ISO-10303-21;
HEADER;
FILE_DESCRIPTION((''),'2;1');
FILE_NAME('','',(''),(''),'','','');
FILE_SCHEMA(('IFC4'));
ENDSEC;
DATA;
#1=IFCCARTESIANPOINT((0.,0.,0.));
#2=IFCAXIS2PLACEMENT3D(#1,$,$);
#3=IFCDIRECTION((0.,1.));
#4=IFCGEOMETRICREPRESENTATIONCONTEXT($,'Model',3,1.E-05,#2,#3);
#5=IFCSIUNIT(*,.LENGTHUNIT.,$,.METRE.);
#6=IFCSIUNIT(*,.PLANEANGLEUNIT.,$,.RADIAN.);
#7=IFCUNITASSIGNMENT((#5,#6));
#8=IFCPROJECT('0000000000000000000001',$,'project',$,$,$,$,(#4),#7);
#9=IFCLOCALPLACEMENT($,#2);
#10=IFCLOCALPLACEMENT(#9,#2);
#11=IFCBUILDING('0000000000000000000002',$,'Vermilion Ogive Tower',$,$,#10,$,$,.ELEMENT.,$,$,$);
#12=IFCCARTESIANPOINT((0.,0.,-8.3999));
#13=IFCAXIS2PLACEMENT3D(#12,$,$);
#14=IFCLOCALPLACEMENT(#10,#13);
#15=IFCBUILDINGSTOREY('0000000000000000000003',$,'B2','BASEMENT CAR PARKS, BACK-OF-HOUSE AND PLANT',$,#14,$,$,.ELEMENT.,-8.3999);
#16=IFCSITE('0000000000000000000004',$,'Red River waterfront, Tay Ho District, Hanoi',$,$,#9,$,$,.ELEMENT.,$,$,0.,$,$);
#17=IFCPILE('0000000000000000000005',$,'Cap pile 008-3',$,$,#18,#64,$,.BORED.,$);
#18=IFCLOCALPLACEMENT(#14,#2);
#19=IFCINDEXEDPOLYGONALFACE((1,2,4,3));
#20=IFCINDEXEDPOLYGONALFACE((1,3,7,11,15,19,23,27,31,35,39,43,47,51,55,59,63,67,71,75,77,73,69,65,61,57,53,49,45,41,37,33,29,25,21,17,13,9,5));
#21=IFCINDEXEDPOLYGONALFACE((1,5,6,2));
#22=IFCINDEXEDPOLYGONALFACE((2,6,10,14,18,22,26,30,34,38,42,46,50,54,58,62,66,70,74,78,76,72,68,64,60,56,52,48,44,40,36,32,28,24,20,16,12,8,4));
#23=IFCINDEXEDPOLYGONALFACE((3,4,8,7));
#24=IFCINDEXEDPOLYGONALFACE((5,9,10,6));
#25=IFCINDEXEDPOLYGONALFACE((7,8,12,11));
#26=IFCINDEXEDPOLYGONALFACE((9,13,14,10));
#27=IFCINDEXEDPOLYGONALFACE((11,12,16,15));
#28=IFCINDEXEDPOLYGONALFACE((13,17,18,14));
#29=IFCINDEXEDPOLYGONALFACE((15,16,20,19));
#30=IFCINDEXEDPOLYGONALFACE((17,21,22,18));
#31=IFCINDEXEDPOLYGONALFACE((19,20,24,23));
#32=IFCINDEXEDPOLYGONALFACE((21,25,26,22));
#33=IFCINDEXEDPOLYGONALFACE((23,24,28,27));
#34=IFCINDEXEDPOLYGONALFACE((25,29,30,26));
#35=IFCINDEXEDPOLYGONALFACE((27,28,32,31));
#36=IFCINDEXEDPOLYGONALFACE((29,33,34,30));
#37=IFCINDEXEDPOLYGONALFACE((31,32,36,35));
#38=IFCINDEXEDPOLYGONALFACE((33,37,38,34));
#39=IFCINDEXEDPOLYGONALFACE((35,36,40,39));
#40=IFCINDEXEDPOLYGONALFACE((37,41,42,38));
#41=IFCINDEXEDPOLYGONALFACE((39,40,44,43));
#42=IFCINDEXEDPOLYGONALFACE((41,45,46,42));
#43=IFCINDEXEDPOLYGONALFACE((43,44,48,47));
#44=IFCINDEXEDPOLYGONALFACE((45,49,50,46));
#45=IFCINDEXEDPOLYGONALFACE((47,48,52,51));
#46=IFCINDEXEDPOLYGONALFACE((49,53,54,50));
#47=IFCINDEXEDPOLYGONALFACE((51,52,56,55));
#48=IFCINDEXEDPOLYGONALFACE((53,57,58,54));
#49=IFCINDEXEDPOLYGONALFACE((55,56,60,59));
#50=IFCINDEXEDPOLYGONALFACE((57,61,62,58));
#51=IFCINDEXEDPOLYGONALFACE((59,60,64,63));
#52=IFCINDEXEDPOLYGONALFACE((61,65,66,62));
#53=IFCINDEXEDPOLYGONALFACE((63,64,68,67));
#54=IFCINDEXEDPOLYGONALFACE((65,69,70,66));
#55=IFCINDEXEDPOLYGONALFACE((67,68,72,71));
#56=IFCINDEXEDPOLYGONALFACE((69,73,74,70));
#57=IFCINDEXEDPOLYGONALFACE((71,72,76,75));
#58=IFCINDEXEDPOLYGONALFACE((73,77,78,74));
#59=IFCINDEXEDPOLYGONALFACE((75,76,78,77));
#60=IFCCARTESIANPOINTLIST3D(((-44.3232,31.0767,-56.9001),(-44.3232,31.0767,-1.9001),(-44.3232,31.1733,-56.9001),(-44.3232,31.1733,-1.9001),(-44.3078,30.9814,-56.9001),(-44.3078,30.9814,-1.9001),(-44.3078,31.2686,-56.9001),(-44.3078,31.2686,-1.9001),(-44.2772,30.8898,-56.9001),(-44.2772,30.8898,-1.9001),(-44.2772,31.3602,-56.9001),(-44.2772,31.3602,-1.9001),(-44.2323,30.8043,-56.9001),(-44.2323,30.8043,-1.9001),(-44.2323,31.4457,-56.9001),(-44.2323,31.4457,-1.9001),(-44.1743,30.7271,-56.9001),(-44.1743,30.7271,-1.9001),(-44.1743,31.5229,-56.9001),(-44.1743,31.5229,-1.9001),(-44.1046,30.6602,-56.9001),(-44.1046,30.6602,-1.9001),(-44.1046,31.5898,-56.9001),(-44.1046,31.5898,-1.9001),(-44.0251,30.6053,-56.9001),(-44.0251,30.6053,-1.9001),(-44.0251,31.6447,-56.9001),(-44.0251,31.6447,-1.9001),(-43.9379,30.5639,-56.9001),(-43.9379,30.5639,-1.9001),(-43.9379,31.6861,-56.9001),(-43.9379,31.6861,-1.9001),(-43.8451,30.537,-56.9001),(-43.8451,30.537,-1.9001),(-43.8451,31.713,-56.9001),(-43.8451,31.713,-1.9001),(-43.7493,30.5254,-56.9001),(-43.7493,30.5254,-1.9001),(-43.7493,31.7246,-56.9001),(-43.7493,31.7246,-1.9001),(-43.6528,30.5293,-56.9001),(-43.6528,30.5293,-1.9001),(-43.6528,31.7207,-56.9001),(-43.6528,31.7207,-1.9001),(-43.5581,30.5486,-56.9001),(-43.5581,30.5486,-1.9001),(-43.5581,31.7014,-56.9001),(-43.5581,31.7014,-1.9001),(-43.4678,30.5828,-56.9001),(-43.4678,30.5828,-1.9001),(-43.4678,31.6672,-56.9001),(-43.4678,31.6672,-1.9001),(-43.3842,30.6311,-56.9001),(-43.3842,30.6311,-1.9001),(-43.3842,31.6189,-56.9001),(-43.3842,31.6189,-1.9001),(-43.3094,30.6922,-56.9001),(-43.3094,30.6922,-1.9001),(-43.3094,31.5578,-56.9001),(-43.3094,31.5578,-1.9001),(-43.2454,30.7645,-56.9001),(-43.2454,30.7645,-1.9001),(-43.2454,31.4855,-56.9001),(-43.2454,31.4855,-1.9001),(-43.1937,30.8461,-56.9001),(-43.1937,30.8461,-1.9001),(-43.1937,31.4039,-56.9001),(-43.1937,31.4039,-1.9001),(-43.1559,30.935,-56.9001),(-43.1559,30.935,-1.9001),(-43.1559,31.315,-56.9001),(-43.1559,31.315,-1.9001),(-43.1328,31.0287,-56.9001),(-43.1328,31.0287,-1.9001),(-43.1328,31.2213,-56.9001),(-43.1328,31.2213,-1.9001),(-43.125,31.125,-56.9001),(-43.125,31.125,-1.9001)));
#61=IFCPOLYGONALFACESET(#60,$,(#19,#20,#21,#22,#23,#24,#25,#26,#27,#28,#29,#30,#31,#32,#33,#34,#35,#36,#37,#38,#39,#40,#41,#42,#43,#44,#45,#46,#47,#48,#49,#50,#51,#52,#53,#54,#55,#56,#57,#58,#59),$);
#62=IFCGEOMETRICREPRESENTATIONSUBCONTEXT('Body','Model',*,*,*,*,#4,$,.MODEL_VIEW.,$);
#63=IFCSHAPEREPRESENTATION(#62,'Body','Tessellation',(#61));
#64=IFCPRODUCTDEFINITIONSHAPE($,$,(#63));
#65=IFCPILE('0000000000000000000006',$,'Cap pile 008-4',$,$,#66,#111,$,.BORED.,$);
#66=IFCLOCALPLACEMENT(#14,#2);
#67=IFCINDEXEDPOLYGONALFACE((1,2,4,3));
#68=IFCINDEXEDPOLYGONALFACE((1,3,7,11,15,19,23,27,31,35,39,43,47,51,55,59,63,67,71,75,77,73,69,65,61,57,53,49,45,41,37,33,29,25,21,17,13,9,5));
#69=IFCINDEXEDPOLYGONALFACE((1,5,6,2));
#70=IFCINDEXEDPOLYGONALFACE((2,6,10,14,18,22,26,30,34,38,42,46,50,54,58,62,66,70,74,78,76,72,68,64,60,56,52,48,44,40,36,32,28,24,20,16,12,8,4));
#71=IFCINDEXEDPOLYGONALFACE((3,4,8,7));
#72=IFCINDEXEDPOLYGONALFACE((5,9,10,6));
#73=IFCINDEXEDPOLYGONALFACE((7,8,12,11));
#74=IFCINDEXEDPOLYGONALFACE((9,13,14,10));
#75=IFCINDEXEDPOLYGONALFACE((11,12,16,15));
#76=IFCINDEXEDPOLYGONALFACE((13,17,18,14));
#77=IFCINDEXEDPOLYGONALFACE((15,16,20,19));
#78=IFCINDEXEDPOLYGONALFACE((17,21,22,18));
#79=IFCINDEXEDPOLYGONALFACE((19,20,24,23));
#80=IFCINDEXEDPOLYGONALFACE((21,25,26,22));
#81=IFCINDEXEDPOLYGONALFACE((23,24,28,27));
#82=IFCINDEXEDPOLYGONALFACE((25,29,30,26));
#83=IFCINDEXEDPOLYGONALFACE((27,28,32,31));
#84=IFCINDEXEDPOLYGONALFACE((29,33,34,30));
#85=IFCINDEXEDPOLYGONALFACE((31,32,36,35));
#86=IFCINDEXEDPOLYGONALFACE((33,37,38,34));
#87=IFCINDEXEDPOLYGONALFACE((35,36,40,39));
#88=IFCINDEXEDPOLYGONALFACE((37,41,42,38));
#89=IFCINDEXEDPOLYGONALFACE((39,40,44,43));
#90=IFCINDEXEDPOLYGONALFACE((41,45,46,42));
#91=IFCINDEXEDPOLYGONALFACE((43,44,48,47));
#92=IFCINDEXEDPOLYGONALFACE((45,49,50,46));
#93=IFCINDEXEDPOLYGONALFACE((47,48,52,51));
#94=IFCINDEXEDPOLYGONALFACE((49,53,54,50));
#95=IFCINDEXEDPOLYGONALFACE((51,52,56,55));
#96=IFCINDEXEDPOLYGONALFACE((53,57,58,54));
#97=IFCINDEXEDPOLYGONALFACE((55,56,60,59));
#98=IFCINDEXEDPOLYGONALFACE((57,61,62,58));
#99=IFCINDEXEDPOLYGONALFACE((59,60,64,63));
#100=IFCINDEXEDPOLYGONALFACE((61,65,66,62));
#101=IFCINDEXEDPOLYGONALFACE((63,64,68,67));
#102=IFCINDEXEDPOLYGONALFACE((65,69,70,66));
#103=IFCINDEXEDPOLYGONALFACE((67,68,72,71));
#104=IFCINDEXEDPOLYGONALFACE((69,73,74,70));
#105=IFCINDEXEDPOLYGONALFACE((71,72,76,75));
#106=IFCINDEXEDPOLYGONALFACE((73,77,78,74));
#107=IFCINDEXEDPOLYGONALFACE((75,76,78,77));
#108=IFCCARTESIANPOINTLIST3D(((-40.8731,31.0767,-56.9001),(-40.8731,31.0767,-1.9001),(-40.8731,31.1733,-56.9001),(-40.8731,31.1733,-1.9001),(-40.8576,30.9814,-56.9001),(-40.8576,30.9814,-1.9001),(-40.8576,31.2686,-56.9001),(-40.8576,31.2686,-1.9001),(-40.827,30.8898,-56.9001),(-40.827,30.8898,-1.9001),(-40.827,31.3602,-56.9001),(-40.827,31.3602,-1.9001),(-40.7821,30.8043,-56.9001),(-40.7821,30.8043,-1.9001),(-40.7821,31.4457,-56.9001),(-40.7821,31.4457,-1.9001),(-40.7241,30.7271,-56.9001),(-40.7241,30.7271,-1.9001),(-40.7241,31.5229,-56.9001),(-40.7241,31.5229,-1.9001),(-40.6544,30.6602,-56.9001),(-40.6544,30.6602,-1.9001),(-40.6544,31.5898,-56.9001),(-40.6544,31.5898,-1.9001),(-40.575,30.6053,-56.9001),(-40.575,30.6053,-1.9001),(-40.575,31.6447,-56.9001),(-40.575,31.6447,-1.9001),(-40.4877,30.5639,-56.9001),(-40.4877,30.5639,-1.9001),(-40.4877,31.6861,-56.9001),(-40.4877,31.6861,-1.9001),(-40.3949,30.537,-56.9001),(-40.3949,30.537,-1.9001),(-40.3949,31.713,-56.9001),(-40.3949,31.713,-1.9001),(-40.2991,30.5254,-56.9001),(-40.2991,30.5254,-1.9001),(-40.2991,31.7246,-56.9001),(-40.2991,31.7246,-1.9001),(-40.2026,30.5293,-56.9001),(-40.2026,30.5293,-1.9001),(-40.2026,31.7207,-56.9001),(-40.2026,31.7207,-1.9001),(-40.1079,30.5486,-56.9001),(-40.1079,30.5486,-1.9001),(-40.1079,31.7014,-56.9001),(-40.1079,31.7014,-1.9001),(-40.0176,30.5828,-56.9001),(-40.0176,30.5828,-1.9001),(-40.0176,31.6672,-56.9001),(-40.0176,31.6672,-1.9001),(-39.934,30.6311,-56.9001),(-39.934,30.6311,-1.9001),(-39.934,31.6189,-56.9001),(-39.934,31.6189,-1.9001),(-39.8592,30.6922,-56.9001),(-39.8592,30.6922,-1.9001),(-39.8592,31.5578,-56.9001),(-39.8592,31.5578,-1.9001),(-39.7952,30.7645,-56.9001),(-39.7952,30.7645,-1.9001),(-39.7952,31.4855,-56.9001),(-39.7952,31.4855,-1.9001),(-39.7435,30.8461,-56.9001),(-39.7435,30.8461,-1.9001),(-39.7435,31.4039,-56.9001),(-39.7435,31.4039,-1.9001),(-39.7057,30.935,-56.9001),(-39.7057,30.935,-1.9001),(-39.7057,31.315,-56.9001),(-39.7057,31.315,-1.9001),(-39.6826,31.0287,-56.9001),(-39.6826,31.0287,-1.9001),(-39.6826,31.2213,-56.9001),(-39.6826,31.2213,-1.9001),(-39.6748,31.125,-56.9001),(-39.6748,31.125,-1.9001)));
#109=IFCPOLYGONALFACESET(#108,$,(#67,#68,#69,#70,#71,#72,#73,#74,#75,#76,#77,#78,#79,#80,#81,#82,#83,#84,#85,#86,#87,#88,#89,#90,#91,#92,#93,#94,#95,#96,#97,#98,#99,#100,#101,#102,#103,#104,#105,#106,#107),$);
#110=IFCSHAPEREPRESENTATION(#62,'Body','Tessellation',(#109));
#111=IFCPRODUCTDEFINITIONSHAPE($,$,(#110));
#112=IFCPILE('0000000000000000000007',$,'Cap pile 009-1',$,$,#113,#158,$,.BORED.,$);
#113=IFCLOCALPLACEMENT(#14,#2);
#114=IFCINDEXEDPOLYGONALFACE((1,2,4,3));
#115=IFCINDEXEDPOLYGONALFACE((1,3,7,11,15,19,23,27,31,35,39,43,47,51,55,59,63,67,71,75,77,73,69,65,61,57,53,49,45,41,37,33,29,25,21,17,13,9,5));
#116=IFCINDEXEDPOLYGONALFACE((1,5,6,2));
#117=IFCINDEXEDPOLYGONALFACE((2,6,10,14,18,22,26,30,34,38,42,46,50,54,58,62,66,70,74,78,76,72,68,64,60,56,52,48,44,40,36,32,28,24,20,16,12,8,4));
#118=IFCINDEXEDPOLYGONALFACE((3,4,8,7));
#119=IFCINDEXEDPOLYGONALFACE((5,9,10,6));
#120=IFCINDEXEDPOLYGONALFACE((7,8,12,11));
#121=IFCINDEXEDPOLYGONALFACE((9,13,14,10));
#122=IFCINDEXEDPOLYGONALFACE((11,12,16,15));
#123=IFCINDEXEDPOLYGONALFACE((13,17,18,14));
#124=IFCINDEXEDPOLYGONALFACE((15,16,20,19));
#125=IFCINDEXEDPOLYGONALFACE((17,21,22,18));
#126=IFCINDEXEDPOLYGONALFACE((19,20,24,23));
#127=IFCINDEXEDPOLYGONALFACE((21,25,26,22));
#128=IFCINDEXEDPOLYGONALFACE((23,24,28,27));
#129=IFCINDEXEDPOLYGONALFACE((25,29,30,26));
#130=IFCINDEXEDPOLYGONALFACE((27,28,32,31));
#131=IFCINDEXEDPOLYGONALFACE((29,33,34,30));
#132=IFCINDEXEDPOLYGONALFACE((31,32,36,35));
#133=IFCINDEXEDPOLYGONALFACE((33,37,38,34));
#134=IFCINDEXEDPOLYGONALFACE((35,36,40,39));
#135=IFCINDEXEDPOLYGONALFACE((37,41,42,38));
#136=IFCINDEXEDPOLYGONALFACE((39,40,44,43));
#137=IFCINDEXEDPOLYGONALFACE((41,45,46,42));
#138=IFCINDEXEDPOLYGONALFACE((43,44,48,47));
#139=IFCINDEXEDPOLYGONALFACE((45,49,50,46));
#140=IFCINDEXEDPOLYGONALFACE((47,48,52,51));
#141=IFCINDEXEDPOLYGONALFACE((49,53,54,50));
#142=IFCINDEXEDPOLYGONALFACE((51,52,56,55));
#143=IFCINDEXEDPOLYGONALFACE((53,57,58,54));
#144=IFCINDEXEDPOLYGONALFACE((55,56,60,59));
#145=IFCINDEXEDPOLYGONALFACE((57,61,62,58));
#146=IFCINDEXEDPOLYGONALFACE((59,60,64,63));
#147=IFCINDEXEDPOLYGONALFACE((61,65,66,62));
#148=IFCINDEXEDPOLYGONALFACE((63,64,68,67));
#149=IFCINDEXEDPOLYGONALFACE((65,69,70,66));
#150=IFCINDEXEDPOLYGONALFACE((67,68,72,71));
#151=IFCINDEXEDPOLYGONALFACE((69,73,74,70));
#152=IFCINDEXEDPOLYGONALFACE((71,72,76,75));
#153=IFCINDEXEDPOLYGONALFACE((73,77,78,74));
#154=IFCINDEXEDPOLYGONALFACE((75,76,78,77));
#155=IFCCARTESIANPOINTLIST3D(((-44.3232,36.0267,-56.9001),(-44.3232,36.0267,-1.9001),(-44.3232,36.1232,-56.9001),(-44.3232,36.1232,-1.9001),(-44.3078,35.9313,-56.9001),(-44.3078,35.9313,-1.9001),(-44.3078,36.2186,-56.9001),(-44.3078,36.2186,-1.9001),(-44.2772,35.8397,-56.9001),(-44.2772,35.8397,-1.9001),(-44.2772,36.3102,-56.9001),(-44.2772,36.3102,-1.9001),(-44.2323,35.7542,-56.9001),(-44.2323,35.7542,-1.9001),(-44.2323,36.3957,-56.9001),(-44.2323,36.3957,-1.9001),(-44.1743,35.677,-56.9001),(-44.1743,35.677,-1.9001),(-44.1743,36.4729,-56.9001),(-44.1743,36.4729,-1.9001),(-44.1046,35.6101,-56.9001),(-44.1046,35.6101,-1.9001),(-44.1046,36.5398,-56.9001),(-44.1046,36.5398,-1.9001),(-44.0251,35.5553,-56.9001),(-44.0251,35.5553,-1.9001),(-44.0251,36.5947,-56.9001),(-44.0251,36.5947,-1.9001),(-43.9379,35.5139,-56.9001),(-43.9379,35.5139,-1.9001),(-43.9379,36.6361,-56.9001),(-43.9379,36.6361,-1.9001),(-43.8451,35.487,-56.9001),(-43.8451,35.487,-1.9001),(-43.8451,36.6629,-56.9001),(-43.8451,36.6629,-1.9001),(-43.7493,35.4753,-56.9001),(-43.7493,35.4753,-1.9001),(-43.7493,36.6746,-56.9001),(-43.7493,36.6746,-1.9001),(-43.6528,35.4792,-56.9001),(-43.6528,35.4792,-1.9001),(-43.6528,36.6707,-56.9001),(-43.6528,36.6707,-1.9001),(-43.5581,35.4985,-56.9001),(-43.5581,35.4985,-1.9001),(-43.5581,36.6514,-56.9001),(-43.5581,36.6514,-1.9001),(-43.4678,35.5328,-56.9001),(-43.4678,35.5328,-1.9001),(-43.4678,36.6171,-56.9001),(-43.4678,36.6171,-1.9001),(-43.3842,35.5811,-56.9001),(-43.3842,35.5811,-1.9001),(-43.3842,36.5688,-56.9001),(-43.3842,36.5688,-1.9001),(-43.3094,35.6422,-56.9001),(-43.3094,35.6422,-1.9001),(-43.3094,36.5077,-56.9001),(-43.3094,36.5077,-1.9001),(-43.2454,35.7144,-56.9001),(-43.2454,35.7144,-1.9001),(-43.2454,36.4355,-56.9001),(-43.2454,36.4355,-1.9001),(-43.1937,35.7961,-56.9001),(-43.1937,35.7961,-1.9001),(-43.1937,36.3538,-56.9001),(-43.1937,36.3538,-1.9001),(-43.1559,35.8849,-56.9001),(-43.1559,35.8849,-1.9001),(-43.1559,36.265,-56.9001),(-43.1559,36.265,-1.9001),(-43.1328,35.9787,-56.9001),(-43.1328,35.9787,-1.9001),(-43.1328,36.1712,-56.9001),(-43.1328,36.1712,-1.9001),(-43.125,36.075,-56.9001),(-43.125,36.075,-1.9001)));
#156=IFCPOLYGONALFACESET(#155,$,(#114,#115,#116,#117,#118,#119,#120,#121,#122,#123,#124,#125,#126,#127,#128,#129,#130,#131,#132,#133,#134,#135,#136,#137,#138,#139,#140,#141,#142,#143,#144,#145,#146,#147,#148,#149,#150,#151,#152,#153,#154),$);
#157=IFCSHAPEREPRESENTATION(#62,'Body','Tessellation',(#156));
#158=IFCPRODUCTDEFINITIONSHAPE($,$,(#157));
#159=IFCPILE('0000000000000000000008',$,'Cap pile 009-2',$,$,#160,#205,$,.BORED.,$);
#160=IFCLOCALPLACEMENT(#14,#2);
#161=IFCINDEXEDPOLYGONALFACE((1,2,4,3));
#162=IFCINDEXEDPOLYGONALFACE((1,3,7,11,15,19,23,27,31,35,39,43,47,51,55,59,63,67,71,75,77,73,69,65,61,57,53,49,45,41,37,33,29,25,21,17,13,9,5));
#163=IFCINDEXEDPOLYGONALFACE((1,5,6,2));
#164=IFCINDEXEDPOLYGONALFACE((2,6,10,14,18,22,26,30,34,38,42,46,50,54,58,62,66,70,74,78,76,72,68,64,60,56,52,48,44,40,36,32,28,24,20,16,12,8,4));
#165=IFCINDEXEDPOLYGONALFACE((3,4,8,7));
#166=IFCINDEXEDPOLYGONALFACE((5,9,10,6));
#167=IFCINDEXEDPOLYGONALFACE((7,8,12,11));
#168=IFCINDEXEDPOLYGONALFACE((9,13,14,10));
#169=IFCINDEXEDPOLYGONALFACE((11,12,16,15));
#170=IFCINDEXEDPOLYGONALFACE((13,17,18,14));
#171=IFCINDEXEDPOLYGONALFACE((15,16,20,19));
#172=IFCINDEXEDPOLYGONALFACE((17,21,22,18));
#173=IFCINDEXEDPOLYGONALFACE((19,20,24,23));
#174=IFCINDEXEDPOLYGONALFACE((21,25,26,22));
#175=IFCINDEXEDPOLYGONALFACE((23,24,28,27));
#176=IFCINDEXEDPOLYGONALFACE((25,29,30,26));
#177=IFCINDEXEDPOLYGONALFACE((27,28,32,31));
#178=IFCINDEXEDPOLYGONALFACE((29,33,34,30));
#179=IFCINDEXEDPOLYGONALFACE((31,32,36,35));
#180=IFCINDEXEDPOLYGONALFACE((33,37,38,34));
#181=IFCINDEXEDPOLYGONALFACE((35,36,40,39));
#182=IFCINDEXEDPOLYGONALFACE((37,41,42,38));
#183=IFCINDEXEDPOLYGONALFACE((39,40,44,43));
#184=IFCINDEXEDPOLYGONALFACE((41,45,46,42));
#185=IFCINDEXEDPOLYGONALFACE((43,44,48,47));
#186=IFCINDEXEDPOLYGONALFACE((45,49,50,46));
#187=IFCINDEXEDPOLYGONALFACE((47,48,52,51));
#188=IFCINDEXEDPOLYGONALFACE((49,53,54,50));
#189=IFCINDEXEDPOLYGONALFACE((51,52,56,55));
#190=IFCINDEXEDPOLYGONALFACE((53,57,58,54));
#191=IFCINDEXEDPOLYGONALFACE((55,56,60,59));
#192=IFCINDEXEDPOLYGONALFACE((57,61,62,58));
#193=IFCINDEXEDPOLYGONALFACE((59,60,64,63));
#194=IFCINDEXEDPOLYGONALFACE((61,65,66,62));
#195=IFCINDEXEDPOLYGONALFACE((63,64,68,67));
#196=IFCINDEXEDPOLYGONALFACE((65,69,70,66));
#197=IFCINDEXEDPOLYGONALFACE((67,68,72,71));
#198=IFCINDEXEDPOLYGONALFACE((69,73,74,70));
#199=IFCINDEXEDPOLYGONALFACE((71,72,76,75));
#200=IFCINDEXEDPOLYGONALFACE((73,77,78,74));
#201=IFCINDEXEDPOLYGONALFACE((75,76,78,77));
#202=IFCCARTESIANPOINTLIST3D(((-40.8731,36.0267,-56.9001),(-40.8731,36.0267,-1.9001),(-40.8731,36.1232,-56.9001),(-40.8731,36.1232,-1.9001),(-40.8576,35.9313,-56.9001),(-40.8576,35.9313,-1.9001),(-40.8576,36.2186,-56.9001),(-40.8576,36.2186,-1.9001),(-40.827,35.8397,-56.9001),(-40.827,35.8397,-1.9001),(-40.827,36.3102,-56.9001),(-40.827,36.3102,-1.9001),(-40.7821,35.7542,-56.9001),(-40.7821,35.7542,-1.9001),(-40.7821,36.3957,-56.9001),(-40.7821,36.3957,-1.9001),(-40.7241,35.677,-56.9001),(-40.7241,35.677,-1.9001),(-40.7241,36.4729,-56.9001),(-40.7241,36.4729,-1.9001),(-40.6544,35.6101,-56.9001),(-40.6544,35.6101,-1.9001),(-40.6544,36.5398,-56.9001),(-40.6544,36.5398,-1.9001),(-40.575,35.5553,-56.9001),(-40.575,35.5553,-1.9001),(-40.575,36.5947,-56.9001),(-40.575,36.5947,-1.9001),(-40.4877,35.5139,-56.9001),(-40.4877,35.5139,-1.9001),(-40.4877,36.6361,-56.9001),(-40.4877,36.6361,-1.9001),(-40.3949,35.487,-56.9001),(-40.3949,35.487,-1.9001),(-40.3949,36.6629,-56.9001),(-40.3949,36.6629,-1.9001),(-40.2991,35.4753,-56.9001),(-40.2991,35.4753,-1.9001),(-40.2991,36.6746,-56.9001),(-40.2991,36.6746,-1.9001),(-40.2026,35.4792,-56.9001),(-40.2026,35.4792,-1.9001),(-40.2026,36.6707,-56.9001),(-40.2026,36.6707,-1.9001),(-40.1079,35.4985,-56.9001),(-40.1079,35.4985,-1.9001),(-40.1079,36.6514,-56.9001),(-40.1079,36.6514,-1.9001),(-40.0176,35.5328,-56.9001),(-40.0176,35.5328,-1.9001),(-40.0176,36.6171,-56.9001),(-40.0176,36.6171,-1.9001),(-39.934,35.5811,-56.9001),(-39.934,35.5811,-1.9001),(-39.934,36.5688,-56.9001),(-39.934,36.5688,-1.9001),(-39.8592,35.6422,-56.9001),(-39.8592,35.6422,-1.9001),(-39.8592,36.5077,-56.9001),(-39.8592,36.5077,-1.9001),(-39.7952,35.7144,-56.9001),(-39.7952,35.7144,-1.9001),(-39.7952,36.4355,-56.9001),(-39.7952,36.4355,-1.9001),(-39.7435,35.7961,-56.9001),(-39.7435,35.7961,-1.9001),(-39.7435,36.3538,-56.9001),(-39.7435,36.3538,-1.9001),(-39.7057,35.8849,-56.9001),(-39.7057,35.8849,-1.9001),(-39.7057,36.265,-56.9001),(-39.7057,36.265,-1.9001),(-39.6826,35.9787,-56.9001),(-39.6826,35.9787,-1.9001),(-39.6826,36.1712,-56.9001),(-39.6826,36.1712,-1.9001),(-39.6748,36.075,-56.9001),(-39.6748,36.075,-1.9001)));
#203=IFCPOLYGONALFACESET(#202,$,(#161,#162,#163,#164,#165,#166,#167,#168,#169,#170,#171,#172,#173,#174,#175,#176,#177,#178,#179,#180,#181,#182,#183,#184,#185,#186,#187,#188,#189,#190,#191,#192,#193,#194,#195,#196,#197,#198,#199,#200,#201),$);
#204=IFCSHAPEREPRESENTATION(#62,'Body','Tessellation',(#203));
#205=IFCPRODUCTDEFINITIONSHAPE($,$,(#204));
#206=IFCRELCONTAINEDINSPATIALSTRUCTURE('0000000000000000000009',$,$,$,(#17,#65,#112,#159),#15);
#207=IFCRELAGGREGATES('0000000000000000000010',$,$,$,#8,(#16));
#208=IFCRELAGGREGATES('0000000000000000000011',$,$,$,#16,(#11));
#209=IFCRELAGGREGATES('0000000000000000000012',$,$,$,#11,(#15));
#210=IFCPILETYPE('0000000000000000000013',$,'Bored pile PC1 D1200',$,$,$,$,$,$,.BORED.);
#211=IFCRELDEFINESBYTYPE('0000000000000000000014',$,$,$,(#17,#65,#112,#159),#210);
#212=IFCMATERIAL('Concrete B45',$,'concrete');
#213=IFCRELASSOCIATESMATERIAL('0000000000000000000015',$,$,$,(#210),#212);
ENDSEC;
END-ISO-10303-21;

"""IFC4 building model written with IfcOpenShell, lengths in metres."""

from ifc_helpers import new_model, si_unit, direction, frame, origin, origin_2d, place, context, subcontext, project, spatial, circle, extrude, material, type_object, element, save


model = new_model("IFC4")

# Units and contexts
model_context = context("Model", 3, precision=1e-05, world=origin(), true_north=direction((0.0, 1.0)))
body_context = subcontext(model_context, "Body", "Model", "MODEL_VIEW")
ifc_project = project(units=[si_unit("LENGTHUNIT", "METRE"), si_unit("PLANEANGLEUNIT", "RADIAN")], contexts=[model_context])

# Site, building, storey
site_placement = place(None, origin())
site = spatial("IfcSite", under=ifc_project, at=site_placement, Name="Red River waterfront, Tay Ho District, Hanoi", CompositionType="ELEMENT", RefElevation=0.0)
building_placement = place(site_placement, origin())
building = spatial("IfcBuilding", under=site, at=building_placement, Name="Vermilion Ogive Tower", CompositionType="ELEMENT")
storey_placement = place(building_placement, frame((0.0, 0.0, -8.3999)))
storey = spatial("IfcBuildingStorey", under=building, at=storey_placement, Name="B2", Description="BASEMENT CAR PARKS, BACK-OF-HOUSE AND PLANT", CompositionType="ELEMENT", Elevation=-8.3999)

# Piles
ifc_material_1 = material(Name="Concrete B45", Category="concrete")
pile_type = type_object("IfcPileType", Name="Bored pile PC1 D1200", PredefinedType="BORED", material=ifc_material_1)
for number, where, z_axis, x_axis, name in (
    (1, (-43.7251, 31.125, -1.9001), (0.0, 0.0, -1.0), (1.0, 0.0, 0.0), "Cap pile 008-3"),
    (2, (-40.2749, 31.125, -1.9001), (0.0, 0.0, -1.0), (1.0, 0.0, 0.0), "Cap pile 008-4"),
    (3, (-43.7251, 36.075, -1.9001), (0.0, 0.0, -1.0), (1.0, 0.0, 0.0), "Cap pile 009-1"),
    (4, (-40.2749, 36.075, -1.9001), (0.0, 0.0, -1.0), (1.0, 0.0, 0.0), "Cap pile 009-2"),
):
    element("IfcPile", number, at=place(storey_placement, frame(where, z_axis=z_axis, x_axis=x_axis)), inside=storey, type_object=pile_type, Name=name, PredefinedType="BORED", context=body_context, shape_type="SweptSolid", body=[
        extrude(circle(Radius=0.6001, at=origin_2d()), origin(), (0.0, 0.0, 1.0), 55.0),
    ])

save(model, "model.ifc")
